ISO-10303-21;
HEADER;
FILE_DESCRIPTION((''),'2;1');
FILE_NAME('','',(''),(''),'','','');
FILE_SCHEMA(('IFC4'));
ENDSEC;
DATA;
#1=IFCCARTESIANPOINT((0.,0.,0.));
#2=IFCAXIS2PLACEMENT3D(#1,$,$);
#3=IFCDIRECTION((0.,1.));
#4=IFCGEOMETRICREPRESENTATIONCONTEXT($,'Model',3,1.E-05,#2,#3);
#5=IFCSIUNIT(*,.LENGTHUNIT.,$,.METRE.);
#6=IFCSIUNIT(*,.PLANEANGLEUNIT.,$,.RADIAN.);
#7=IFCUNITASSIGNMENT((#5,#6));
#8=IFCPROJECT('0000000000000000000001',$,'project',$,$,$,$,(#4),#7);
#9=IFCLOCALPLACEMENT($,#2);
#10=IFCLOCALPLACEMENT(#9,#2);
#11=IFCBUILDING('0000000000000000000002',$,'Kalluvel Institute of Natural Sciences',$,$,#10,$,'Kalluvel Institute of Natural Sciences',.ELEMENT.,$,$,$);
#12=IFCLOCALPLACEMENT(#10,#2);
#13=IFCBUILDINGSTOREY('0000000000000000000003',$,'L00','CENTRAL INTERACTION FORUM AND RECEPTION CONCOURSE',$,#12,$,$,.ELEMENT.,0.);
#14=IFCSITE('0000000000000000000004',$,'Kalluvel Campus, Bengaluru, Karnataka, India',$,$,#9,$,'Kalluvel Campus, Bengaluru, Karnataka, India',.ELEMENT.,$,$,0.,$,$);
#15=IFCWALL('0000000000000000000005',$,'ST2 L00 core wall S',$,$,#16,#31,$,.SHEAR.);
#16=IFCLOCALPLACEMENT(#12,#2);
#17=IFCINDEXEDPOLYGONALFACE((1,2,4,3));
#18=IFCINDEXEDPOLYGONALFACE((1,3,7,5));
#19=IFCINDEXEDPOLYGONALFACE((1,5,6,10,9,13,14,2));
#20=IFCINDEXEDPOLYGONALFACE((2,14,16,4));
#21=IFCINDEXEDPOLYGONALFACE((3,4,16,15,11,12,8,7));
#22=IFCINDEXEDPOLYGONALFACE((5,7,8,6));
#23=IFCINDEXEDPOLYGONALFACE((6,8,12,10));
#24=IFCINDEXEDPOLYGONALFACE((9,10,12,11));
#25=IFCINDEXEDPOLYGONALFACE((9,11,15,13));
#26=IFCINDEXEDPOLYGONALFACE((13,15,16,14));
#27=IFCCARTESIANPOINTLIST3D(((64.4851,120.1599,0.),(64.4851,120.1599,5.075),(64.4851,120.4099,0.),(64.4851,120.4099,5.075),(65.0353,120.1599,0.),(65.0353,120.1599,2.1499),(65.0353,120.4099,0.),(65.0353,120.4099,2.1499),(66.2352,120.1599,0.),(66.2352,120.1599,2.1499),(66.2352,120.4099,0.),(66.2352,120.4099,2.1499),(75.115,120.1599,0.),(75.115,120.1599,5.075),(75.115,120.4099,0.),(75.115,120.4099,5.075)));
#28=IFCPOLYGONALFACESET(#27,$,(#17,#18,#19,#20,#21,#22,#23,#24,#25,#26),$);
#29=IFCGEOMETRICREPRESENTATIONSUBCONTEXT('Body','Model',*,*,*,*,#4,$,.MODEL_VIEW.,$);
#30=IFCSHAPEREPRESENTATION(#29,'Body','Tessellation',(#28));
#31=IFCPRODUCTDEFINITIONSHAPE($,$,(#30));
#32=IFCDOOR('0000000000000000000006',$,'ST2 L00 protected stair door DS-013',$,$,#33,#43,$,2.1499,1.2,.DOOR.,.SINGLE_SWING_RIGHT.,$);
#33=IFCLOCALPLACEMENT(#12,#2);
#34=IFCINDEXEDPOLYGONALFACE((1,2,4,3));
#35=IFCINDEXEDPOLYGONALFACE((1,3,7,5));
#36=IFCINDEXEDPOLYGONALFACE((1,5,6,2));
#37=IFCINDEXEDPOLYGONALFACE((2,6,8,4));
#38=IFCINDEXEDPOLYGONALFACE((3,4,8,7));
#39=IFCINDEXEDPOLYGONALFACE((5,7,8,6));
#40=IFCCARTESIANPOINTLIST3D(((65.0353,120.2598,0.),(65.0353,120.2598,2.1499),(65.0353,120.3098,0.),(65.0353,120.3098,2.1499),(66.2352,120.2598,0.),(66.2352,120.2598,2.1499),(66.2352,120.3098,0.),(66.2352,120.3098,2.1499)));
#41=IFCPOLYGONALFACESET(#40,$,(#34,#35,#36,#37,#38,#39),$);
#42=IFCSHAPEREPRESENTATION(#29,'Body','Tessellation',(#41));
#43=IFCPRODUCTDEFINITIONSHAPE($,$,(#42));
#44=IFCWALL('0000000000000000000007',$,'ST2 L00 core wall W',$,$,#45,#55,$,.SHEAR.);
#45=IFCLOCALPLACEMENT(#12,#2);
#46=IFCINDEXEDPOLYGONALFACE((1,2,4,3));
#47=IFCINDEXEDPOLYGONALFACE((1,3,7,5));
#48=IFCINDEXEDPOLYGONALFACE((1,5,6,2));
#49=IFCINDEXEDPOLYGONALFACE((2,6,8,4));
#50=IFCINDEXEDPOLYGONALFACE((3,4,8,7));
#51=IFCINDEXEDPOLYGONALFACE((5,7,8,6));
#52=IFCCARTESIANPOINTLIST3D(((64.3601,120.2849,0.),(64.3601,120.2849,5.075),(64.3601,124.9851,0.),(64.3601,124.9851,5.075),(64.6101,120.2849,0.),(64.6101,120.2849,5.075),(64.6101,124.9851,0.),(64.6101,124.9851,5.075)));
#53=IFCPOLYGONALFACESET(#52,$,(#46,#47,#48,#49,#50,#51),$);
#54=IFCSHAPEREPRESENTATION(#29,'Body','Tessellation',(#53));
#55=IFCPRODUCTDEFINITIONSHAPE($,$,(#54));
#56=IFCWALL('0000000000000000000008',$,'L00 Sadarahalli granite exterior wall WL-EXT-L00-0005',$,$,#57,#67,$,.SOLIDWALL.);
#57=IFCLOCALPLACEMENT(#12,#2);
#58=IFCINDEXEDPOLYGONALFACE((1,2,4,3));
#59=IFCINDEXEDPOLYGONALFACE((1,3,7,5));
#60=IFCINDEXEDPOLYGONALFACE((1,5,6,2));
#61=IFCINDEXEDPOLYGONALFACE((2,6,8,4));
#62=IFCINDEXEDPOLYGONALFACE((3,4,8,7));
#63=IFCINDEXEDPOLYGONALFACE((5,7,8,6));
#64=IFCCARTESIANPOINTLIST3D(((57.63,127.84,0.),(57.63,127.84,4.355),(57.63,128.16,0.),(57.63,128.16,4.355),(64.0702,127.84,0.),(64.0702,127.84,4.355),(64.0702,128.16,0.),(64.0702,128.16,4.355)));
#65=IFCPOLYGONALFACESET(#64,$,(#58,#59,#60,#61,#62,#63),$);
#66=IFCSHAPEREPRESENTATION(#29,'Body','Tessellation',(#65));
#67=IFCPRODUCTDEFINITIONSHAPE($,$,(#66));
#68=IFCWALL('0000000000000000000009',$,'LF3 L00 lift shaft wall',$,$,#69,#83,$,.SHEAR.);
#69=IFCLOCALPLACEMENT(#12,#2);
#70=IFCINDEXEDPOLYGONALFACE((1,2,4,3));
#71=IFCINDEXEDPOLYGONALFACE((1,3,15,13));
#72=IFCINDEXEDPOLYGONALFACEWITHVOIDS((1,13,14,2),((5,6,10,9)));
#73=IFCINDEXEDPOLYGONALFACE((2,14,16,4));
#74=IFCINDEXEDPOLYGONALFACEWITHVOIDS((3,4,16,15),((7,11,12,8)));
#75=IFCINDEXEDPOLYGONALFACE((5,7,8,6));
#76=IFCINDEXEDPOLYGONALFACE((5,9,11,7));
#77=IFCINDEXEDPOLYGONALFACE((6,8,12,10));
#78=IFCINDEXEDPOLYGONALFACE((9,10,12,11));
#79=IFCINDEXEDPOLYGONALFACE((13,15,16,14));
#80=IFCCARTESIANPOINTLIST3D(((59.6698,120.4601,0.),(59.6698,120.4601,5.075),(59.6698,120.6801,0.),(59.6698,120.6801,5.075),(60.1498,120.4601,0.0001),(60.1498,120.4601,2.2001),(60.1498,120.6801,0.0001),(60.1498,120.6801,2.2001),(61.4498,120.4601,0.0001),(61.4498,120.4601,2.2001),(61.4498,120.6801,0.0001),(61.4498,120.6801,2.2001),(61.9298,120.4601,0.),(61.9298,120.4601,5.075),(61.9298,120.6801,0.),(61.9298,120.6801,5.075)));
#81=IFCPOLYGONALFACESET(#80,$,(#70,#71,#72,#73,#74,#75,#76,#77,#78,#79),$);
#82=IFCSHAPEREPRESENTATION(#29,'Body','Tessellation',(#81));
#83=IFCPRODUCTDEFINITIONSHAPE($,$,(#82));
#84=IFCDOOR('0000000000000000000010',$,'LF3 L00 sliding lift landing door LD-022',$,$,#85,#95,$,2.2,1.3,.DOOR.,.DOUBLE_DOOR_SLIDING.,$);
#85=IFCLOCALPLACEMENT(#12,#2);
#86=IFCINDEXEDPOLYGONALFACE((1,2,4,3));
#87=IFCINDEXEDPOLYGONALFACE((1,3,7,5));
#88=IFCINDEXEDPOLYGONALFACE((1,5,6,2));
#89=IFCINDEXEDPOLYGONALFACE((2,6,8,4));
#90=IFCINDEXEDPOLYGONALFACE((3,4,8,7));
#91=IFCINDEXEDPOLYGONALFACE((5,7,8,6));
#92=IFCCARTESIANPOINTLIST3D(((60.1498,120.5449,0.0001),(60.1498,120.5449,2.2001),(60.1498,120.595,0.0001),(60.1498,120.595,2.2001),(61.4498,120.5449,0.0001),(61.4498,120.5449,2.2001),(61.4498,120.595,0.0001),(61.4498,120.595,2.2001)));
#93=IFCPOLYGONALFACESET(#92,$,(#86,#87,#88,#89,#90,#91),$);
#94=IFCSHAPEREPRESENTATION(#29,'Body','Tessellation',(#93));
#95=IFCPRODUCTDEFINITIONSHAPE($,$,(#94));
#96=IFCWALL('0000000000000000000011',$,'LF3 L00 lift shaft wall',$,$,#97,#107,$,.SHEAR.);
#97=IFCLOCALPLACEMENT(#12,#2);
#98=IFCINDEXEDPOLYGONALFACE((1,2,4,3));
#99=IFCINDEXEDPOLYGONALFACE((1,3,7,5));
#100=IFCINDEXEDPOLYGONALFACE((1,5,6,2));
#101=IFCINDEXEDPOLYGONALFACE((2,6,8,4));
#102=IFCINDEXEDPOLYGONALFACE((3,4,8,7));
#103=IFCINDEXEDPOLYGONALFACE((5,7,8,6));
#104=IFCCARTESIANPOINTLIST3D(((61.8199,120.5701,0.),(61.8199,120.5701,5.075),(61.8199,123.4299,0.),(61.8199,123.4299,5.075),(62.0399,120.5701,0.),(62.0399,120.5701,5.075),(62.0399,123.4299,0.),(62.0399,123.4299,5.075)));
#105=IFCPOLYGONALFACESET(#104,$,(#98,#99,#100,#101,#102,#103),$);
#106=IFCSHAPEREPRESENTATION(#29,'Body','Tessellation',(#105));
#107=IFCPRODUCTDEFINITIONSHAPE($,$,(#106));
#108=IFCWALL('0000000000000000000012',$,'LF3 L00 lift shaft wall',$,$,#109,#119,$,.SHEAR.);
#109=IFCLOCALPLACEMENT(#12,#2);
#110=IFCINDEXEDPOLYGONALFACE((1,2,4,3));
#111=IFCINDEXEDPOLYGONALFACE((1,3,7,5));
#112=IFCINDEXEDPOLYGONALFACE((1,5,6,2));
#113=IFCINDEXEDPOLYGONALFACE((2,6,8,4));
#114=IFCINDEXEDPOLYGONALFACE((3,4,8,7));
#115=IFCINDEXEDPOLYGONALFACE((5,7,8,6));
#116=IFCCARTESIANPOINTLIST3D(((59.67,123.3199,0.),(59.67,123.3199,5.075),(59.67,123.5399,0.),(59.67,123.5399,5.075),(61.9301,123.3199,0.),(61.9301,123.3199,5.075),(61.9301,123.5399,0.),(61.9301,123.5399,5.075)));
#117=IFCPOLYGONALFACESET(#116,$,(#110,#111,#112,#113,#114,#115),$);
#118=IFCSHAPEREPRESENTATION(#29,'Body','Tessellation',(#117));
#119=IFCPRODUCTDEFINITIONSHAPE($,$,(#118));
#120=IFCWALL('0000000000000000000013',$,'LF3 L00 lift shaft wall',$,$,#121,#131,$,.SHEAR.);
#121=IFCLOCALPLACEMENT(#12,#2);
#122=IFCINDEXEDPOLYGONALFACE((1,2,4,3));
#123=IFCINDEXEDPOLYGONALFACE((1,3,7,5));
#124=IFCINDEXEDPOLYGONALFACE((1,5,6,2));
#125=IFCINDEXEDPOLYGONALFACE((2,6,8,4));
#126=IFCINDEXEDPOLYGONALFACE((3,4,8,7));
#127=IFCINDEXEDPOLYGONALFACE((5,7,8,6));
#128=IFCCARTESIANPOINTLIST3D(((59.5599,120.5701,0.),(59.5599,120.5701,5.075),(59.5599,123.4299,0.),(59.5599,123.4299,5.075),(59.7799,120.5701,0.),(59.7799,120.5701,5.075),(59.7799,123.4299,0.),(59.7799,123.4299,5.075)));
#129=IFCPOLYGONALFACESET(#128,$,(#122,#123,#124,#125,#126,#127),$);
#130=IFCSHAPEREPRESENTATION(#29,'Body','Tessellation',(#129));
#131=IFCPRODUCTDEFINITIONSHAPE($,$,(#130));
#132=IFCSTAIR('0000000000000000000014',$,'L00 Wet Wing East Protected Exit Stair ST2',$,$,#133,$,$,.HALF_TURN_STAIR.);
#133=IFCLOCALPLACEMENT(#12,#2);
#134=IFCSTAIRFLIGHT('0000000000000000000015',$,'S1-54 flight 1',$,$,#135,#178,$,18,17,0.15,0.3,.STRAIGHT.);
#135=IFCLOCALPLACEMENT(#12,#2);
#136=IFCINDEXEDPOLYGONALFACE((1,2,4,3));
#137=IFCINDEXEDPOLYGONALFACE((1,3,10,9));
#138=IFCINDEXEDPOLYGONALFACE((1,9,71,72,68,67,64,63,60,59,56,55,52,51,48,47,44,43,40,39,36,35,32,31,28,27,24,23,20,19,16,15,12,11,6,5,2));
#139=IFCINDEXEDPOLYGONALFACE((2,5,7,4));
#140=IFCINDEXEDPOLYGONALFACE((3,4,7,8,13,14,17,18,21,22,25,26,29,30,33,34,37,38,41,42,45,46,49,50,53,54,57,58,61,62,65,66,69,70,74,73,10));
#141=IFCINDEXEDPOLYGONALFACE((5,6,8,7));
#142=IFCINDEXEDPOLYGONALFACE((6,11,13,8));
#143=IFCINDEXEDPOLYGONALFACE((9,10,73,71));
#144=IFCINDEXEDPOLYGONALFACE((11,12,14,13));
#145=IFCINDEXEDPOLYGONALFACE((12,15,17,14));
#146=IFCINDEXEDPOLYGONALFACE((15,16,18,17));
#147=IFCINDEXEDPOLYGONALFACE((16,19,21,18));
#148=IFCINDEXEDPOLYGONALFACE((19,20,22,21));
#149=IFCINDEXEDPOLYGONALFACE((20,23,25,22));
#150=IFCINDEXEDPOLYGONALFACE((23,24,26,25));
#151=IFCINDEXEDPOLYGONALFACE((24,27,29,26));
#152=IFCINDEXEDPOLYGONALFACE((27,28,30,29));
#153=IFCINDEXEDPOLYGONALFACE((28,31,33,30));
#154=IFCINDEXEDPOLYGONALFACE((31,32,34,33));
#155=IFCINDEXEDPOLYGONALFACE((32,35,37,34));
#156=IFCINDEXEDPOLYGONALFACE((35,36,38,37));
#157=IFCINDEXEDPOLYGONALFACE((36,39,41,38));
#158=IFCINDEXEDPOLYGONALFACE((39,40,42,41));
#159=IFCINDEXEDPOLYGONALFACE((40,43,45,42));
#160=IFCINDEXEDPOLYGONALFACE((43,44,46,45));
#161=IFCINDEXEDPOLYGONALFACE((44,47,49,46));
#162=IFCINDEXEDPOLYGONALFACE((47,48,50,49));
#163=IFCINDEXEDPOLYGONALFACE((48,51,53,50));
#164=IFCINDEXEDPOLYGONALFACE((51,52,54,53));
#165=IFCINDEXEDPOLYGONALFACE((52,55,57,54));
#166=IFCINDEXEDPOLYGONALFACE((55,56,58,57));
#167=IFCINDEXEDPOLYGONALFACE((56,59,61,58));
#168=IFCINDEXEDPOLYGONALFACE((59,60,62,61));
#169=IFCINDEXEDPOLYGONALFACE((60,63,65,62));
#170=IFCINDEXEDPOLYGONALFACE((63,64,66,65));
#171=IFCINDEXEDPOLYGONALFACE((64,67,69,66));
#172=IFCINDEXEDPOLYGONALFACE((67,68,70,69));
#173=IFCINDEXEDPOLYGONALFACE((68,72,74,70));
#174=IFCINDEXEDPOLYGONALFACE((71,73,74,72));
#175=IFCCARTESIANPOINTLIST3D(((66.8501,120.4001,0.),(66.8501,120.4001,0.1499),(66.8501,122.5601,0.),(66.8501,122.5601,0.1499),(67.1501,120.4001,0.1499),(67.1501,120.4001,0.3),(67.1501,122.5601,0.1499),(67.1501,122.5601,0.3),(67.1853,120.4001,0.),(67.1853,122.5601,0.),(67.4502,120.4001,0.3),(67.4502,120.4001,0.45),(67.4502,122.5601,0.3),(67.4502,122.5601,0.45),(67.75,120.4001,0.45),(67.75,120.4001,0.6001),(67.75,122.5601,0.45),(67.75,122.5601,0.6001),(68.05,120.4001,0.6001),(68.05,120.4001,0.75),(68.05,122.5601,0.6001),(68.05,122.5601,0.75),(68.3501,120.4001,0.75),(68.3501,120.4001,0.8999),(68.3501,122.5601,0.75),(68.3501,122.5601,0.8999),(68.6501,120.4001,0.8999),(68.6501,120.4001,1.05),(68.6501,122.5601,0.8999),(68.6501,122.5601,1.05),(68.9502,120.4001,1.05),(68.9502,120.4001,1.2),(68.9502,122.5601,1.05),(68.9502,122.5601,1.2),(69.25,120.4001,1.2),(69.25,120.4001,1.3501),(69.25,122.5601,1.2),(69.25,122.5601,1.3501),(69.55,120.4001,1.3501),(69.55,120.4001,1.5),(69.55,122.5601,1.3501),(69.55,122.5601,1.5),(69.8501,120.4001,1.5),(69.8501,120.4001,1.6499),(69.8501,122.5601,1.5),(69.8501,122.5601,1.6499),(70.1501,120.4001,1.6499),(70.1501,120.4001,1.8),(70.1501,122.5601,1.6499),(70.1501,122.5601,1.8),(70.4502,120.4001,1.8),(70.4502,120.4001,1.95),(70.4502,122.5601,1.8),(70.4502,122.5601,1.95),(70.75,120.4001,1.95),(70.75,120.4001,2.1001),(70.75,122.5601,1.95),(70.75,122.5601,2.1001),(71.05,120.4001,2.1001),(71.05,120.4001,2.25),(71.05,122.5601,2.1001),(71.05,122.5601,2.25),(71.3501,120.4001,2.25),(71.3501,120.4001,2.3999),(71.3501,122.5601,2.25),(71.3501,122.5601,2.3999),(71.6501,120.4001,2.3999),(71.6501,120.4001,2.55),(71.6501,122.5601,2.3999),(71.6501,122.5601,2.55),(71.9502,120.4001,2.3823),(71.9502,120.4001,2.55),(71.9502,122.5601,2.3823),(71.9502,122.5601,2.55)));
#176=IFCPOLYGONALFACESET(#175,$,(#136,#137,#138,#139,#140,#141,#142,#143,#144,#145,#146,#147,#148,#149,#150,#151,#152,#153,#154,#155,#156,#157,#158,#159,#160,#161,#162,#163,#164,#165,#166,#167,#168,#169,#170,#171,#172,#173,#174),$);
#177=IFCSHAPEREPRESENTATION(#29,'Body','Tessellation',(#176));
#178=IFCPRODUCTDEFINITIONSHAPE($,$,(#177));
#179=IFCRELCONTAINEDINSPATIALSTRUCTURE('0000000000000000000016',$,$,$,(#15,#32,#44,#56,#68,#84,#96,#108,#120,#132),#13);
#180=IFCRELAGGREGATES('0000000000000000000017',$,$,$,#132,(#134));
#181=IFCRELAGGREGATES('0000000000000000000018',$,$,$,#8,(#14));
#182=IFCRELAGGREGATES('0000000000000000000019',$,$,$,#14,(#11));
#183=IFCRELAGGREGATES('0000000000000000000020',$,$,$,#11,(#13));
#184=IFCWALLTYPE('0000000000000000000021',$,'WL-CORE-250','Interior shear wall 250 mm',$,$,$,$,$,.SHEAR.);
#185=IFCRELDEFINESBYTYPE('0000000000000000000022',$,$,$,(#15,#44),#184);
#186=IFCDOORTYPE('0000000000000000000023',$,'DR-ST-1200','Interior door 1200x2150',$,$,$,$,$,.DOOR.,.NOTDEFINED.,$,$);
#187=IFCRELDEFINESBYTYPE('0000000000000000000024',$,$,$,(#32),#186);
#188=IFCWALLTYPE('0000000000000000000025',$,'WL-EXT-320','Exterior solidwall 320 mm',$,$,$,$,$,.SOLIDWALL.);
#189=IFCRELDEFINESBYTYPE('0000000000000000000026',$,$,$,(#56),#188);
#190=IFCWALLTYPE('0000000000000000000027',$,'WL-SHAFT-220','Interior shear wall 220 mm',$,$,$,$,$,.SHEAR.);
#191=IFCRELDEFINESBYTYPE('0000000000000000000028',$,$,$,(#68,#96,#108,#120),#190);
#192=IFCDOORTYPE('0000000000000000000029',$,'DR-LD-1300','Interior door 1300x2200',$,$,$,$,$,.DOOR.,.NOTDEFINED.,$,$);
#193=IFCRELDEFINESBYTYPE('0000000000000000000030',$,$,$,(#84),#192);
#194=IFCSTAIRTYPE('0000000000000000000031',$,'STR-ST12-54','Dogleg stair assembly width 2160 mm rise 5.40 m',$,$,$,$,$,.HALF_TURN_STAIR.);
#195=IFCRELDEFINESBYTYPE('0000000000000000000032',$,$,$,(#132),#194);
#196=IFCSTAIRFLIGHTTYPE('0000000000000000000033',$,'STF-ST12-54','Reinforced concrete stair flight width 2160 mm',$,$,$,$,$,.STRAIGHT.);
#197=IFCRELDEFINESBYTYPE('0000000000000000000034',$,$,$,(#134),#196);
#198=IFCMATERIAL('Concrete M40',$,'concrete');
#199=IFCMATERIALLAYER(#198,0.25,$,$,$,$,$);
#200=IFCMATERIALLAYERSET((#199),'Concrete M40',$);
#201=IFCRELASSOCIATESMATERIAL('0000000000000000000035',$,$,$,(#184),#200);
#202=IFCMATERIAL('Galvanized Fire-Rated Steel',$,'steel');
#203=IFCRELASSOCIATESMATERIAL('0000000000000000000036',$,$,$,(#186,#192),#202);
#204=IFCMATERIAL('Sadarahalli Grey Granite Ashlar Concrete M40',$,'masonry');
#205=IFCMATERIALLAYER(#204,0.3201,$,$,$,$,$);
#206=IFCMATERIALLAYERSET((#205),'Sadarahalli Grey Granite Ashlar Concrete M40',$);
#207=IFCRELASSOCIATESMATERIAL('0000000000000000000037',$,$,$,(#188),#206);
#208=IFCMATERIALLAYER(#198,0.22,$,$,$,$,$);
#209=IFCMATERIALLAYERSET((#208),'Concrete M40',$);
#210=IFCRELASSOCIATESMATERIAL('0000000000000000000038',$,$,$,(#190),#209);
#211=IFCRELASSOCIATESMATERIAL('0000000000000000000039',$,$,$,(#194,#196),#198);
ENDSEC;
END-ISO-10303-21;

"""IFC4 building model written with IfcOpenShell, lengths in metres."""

from ifc_helpers import new_model, si_unit, direction, frame, frame_2d, origin, place, context, subcontext, project, spatial, polyline, rectangle, outline, extrude, material, layer, layer_set, type_object, element, fill, aggregate, save


model = new_model("IFC4")

# Units and contexts
model_context = context("Model", 3, precision=1e-05, world=origin(), true_north=direction((0.0, 1.0)))
body_context = subcontext(model_context, "Body", "Model", "MODEL_VIEW")
ifc_project = project(units=[si_unit("LENGTHUNIT", "METRE"), si_unit("PLANEANGLEUNIT", "RADIAN")], contexts=[model_context])

# Site, building, storey
site_placement = place(None, origin())
site = spatial("IfcSite", under=ifc_project, at=site_placement, Name="Kalluvel Campus, Bengaluru, Karnataka, India", LongName="Kalluvel Campus, Bengaluru, Karnataka, India", CompositionType="ELEMENT", RefElevation=0.0)
building_placement = place(site_placement, origin())
building = spatial("IfcBuilding", under=site, at=building_placement, Name="Kalluvel Institute of Natural Sciences", LongName="Kalluvel Institute of Natural Sciences", CompositionType="ELEMENT")
storey_placement = place(building_placement, origin())
storey = spatial("IfcBuildingStorey", under=building, at=storey_placement, Name="L00", Description="CENTRAL INTERACTION FORUM AND RECEPTION CONCOURSE", CompositionType="ELEMENT", Elevation=0.0)

# Shared definitions
ifc_material_1 = material(Name="Concrete M40", Category="concrete")

# Wall, opening, door
ifc_layer_1 = layer(ifc_material_1, 0.25)
ifc_layer_set_1 = layer_set([ifc_layer_1], Name="Concrete M40")
wall_type_1 = type_object("IfcWallType", Name="WL-CORE-250", Description="Interior shear wall 250 mm", PredefinedType="SHEAR", material=ifc_layer_set_1)
wall_1_placement = place(storey_placement, frame((64.4851, 120.2849, 0.0), z_axis=(0.0, 0.0, 1.0), x_axis=(1.0, 0.0, 0.0)))
wall_1 = element("IfcWall", 1, at=wall_1_placement, inside=storey, type_object=wall_type_1, Name="ST2 L00 core wall S", PredefinedType="SHEAR", context=body_context, shape_type="SweptSolid", body=[
    extrude(rectangle(XDim=10.6299, YDim=0.25, at=frame_2d((5.3149, 0.0))), origin(), (0.0, 0.0, 1.0), 5.075),
])
opening_1_placement = place(wall_1_placement, frame((0.55, 0.0, 0.0)))
opening_1 = element("IfcOpeningElement", 2, at=opening_1_placement, cuts=wall_1, PredefinedType="OPENING", context=body_context, shape_type="SweptSolid", body=[
    extrude(rectangle(XDim=1.2, YDim=2.1499, at=frame_2d((0.6001, 1.075))), frame((0.0, 0.135, 0.0), z_axis=(0.0, -1.0, 0.0), x_axis=(1.0, 0.0, 0.0)), (0.0, 0.0, 1.0), 0.27),
])
ifc_material_2 = material(Name="Galvanized Fire-Rated Steel", Category="steel")
door_type_1 = type_object("IfcDoorType", Name="DR-ST-1200", Description="Interior door 1200x2150", OperationType="NOTDEFINED", PredefinedType="DOOR", material=ifc_material_2)
door_1_placement = place(opening_1_placement, origin())
door_1 = element("IfcDoor", 3, at=door_1_placement, inside=storey, type_object=door_type_1, Name="ST2 L00 protected stair door DS-013", OperationType="SINGLE_SWING_RIGHT", OverallHeight=2.1499, OverallWidth=1.2, PredefinedType="DOOR", context=body_context, shape_type="SweptSolid", body=[
    extrude(rectangle(XDim=1.2, YDim=2.1499, at=frame_2d((0.6001, 1.075))), frame((0.0, 0.0249, 0.0), z_axis=(0.0, -1.0, 0.0), x_axis=(1.0, 0.0, 0.0)), (0.0, 0.0, 1.0), 0.05),
])
fill(opening_1, door_1)

# Walls
wall_2_placement = place(storey_placement, frame((64.4851, 124.9851, 0.0), z_axis=(0.0, 0.0, 1.0), x_axis=(0.0, -1.0, 0.0)))
element("IfcWall", 4, at=wall_2_placement, inside=storey, type_object=wall_type_1, Name="ST2 L00 core wall W", PredefinedType="SHEAR", context=body_context, shape_type="SweptSolid", body=[
    extrude(rectangle(XDim=4.7002, YDim=0.25, at=frame_2d((2.3501, 0.0))), origin(), (0.0, 0.0, 1.0), 5.075),
])
ifc_material_3 = material(Name="Sadarahalli Grey Granite Ashlar Concrete M40", Category="masonry")
ifc_layer_2 = layer(ifc_material_3, 0.3201)
ifc_layer_set_2 = layer_set([ifc_layer_2], Name="Sadarahalli Grey Granite Ashlar Concrete M40")
wall_type_2 = type_object("IfcWallType", Name="WL-EXT-320", Description="Exterior solidwall 320 mm", PredefinedType="SOLIDWALL", material=ifc_layer_set_2)
wall_3_placement = place(storey_placement, frame((57.6299, 128.0, 0.0), z_axis=(0.0, 0.0, 1.0), x_axis=(1.0, 0.0, 0.0)))
element("IfcWall", 5, at=wall_3_placement, inside=storey, type_object=wall_type_2, Name="L00 Sadarahalli granite exterior wall WL-EXT-L00-0005", PredefinedType="SOLIDWALL", context=body_context, shape_type="SweptSolid", body=[
    extrude(rectangle(XDim=6.4402, YDim=0.3201, at=frame_2d((3.2202, 0.0))), origin(), (0.0, 0.0, 1.0), 4.355),
])

# Wall, opening, door
ifc_layer_3 = layer(ifc_material_1, 0.22)
ifc_layer_set_3 = layer_set([ifc_layer_3], Name="Concrete M40")
wall_type_3 = type_object("IfcWallType", Name="WL-SHAFT-220", Description="Interior shear wall 220 mm", PredefinedType="SHEAR", material=ifc_layer_set_3)
wall_4_placement = place(storey_placement, frame((59.6699, 120.5701, 0.0), z_axis=(0.0, 0.0, 1.0), x_axis=(1.0, 0.0, 0.0)))
wall_4 = element("IfcWall", 6, at=wall_4_placement, inside=storey, type_object=wall_type_3, Name="LF3 L00 lift shaft wall", PredefinedType="SHEAR", context=body_context, shape_type="SweptSolid", body=[
    extrude(rectangle(XDim=2.26, YDim=0.22, at=frame_2d((1.1299, 0.0))), origin(), (0.0, 0.0, 1.0), 5.075),
])
opening_2_placement = place(wall_4_placement, frame((0.48, 0.0, 0.0)))
opening_2 = element("IfcOpeningElement", 7, at=opening_2_placement, cuts=wall_4, PredefinedType="OPENING", context=body_context, shape_type="SweptSolid", body=[
    extrude(rectangle(XDim=1.3, YDim=2.2, at=frame_2d((0.6499, 1.1001))), frame((0.0, 0.1199, 0.0), z_axis=(0.0, -1.0, 0.0), x_axis=(1.0, 0.0, 0.0)), (0.0, 0.0, 1.0), 0.24),
])
door_type_2 = type_object("IfcDoorType", Name="DR-LD-1300", Description="Interior door 1300x2200", OperationType="NOTDEFINED", PredefinedType="DOOR", material=ifc_material_2)
door_2_placement = place(opening_2_placement, origin())
door_2 = element("IfcDoor", 8, at=door_2_placement, inside=storey, type_object=door_type_2, Name="LF3 L00 sliding lift landing door LD-022", OperationType="DOUBLE_DOOR_SLIDING", OverallHeight=2.2, OverallWidth=1.3, PredefinedType="DOOR", context=body_context, shape_type="SweptSolid", body=[
    extrude(rectangle(XDim=1.3, YDim=2.2, at=frame_2d((0.6499, 1.1001))), frame((0.0, 0.0249, 0.0), z_axis=(0.0, -1.0, 0.0), x_axis=(1.0, 0.0, 0.0)), (0.0, 0.0, 1.0), 0.05),
])
fill(opening_2, door_2)

# Walls
wall_5_placement = place(storey_placement, frame((61.9299, 120.5701, 0.0), z_axis=(0.0, 0.0, 1.0), x_axis=(0.0, 1.0, 0.0)))
element("IfcWall", 9, at=wall_5_placement, inside=storey, type_object=wall_type_3, Name="LF3 L00 lift shaft wall", PredefinedType="SHEAR", context=body_context, shape_type="SweptSolid", body=[
    extrude(rectangle(XDim=2.8599, YDim=0.22, at=frame_2d((1.4299, 0.0))), origin(), (0.0, 0.0, 1.0), 5.075),
])
wall_6_placement = place(storey_placement, frame((61.9299, 123.4299, 0.0), z_axis=(0.0, 0.0, 1.0), x_axis=(-1.0, 0.0, 0.0)))
element("IfcWall", 10, at=wall_6_placement, inside=storey, type_object=wall_type_3, Name="LF3 L00 lift shaft wall", PredefinedType="SHEAR", context=body_context, shape_type="SweptSolid", body=[
    extrude(rectangle(XDim=2.26, YDim=0.22, at=frame_2d((1.1299, 0.0))), origin(), (0.0, 0.0, 1.0), 5.075),
])
wall_7_placement = place(storey_placement, frame((59.6699, 123.4299, 0.0), z_axis=(0.0, 0.0, 1.0), x_axis=(0.0, -1.0, 0.0)))
element("IfcWall", 11, at=wall_7_placement, inside=storey, type_object=wall_type_3, Name="LF3 L00 lift shaft wall", PredefinedType="SHEAR", context=body_context, shape_type="SweptSolid", body=[
    extrude(rectangle(XDim=2.8599, YDim=0.22, at=frame_2d((1.4299, 0.0))), origin(), (0.0, 0.0, 1.0), 5.075),
])

# Stair, stair flight
stair_type = type_object("IfcStairType", Name="STR-ST12-54", Description="Dogleg stair assembly width 2160 mm rise 5.40 m", PredefinedType="HALF_TURN_STAIR", material=ifc_material_1)
stair_placement = place(storey_placement, origin())
stair = element("IfcStair", 12, at=stair_placement, inside=storey, type_object=stair_type, Name="L00 Wet Wing East Protected Exit Stair ST2", PredefinedType="HALF_TURN_STAIR")
stair_flight_type = type_object("IfcStairFlightType", Name="STF-ST12-54", Description="Reinforced concrete stair flight width 2160 mm", PredefinedType="STRAIGHT", material=ifc_material_1)
stair_flight_placement = place(storey_placement, frame((66.8501, 121.48, 0.0), z_axis=(0.0, 0.0, 1.0), x_axis=(1.0, 0.0, 0.0)))
stair_flight = element("IfcStairFlight", 13, at=stair_flight_placement, type_object=stair_flight_type, Name="S1-54 flight 1", NumberOfRisers=18, NumberOfTreads=17, PredefinedType="STRAIGHT", RiserHeight=0.15, TreadLength=0.3, context=body_context, shape_type="SweptSolid", body=[
    extrude(outline(polyline([(0.0, 0.0), (0.0, 0.1499), (0.3, 0.1499), (0.3, 0.3), (0.6001, 0.3), (0.6001, 0.45), (0.8999, 0.45), (0.8999, 0.6001), (1.2, 0.6001), (1.2, 0.75), (1.5, 0.75), (1.5, 0.8999), (1.8, 0.8999), (1.8, 1.05), (2.1001, 1.05), (2.1001, 1.2), (2.3999, 1.2), (2.3999, 1.3501), (2.7, 1.3501), (2.7, 1.5), (3.0, 1.5), (3.0, 1.6499), (3.3, 1.6499), (3.3, 1.8), (3.6001, 1.8), (3.6001, 1.95), (3.8999, 1.95), (3.8999, 2.1001), (4.2, 2.1001), (4.2, 2.25), (4.5, 2.25), (4.5, 2.3999), (4.8, 2.3999), (4.8, 2.55), (5.1001, 2.55), (5.1001, 2.7), (5.1001, 2.3823), (0.3352, 0.0), (0.0, 0.0)])), frame((0.0, 1.0801, 0.0), z_axis=(0.0, -1.0, 0.0), x_axis=(1.0, 0.0, 0.0)), (0.0, 0.0, 1.0), 2.1599),
])
aggregate(stair, [stair_flight])

save(model, "model.ifc")
